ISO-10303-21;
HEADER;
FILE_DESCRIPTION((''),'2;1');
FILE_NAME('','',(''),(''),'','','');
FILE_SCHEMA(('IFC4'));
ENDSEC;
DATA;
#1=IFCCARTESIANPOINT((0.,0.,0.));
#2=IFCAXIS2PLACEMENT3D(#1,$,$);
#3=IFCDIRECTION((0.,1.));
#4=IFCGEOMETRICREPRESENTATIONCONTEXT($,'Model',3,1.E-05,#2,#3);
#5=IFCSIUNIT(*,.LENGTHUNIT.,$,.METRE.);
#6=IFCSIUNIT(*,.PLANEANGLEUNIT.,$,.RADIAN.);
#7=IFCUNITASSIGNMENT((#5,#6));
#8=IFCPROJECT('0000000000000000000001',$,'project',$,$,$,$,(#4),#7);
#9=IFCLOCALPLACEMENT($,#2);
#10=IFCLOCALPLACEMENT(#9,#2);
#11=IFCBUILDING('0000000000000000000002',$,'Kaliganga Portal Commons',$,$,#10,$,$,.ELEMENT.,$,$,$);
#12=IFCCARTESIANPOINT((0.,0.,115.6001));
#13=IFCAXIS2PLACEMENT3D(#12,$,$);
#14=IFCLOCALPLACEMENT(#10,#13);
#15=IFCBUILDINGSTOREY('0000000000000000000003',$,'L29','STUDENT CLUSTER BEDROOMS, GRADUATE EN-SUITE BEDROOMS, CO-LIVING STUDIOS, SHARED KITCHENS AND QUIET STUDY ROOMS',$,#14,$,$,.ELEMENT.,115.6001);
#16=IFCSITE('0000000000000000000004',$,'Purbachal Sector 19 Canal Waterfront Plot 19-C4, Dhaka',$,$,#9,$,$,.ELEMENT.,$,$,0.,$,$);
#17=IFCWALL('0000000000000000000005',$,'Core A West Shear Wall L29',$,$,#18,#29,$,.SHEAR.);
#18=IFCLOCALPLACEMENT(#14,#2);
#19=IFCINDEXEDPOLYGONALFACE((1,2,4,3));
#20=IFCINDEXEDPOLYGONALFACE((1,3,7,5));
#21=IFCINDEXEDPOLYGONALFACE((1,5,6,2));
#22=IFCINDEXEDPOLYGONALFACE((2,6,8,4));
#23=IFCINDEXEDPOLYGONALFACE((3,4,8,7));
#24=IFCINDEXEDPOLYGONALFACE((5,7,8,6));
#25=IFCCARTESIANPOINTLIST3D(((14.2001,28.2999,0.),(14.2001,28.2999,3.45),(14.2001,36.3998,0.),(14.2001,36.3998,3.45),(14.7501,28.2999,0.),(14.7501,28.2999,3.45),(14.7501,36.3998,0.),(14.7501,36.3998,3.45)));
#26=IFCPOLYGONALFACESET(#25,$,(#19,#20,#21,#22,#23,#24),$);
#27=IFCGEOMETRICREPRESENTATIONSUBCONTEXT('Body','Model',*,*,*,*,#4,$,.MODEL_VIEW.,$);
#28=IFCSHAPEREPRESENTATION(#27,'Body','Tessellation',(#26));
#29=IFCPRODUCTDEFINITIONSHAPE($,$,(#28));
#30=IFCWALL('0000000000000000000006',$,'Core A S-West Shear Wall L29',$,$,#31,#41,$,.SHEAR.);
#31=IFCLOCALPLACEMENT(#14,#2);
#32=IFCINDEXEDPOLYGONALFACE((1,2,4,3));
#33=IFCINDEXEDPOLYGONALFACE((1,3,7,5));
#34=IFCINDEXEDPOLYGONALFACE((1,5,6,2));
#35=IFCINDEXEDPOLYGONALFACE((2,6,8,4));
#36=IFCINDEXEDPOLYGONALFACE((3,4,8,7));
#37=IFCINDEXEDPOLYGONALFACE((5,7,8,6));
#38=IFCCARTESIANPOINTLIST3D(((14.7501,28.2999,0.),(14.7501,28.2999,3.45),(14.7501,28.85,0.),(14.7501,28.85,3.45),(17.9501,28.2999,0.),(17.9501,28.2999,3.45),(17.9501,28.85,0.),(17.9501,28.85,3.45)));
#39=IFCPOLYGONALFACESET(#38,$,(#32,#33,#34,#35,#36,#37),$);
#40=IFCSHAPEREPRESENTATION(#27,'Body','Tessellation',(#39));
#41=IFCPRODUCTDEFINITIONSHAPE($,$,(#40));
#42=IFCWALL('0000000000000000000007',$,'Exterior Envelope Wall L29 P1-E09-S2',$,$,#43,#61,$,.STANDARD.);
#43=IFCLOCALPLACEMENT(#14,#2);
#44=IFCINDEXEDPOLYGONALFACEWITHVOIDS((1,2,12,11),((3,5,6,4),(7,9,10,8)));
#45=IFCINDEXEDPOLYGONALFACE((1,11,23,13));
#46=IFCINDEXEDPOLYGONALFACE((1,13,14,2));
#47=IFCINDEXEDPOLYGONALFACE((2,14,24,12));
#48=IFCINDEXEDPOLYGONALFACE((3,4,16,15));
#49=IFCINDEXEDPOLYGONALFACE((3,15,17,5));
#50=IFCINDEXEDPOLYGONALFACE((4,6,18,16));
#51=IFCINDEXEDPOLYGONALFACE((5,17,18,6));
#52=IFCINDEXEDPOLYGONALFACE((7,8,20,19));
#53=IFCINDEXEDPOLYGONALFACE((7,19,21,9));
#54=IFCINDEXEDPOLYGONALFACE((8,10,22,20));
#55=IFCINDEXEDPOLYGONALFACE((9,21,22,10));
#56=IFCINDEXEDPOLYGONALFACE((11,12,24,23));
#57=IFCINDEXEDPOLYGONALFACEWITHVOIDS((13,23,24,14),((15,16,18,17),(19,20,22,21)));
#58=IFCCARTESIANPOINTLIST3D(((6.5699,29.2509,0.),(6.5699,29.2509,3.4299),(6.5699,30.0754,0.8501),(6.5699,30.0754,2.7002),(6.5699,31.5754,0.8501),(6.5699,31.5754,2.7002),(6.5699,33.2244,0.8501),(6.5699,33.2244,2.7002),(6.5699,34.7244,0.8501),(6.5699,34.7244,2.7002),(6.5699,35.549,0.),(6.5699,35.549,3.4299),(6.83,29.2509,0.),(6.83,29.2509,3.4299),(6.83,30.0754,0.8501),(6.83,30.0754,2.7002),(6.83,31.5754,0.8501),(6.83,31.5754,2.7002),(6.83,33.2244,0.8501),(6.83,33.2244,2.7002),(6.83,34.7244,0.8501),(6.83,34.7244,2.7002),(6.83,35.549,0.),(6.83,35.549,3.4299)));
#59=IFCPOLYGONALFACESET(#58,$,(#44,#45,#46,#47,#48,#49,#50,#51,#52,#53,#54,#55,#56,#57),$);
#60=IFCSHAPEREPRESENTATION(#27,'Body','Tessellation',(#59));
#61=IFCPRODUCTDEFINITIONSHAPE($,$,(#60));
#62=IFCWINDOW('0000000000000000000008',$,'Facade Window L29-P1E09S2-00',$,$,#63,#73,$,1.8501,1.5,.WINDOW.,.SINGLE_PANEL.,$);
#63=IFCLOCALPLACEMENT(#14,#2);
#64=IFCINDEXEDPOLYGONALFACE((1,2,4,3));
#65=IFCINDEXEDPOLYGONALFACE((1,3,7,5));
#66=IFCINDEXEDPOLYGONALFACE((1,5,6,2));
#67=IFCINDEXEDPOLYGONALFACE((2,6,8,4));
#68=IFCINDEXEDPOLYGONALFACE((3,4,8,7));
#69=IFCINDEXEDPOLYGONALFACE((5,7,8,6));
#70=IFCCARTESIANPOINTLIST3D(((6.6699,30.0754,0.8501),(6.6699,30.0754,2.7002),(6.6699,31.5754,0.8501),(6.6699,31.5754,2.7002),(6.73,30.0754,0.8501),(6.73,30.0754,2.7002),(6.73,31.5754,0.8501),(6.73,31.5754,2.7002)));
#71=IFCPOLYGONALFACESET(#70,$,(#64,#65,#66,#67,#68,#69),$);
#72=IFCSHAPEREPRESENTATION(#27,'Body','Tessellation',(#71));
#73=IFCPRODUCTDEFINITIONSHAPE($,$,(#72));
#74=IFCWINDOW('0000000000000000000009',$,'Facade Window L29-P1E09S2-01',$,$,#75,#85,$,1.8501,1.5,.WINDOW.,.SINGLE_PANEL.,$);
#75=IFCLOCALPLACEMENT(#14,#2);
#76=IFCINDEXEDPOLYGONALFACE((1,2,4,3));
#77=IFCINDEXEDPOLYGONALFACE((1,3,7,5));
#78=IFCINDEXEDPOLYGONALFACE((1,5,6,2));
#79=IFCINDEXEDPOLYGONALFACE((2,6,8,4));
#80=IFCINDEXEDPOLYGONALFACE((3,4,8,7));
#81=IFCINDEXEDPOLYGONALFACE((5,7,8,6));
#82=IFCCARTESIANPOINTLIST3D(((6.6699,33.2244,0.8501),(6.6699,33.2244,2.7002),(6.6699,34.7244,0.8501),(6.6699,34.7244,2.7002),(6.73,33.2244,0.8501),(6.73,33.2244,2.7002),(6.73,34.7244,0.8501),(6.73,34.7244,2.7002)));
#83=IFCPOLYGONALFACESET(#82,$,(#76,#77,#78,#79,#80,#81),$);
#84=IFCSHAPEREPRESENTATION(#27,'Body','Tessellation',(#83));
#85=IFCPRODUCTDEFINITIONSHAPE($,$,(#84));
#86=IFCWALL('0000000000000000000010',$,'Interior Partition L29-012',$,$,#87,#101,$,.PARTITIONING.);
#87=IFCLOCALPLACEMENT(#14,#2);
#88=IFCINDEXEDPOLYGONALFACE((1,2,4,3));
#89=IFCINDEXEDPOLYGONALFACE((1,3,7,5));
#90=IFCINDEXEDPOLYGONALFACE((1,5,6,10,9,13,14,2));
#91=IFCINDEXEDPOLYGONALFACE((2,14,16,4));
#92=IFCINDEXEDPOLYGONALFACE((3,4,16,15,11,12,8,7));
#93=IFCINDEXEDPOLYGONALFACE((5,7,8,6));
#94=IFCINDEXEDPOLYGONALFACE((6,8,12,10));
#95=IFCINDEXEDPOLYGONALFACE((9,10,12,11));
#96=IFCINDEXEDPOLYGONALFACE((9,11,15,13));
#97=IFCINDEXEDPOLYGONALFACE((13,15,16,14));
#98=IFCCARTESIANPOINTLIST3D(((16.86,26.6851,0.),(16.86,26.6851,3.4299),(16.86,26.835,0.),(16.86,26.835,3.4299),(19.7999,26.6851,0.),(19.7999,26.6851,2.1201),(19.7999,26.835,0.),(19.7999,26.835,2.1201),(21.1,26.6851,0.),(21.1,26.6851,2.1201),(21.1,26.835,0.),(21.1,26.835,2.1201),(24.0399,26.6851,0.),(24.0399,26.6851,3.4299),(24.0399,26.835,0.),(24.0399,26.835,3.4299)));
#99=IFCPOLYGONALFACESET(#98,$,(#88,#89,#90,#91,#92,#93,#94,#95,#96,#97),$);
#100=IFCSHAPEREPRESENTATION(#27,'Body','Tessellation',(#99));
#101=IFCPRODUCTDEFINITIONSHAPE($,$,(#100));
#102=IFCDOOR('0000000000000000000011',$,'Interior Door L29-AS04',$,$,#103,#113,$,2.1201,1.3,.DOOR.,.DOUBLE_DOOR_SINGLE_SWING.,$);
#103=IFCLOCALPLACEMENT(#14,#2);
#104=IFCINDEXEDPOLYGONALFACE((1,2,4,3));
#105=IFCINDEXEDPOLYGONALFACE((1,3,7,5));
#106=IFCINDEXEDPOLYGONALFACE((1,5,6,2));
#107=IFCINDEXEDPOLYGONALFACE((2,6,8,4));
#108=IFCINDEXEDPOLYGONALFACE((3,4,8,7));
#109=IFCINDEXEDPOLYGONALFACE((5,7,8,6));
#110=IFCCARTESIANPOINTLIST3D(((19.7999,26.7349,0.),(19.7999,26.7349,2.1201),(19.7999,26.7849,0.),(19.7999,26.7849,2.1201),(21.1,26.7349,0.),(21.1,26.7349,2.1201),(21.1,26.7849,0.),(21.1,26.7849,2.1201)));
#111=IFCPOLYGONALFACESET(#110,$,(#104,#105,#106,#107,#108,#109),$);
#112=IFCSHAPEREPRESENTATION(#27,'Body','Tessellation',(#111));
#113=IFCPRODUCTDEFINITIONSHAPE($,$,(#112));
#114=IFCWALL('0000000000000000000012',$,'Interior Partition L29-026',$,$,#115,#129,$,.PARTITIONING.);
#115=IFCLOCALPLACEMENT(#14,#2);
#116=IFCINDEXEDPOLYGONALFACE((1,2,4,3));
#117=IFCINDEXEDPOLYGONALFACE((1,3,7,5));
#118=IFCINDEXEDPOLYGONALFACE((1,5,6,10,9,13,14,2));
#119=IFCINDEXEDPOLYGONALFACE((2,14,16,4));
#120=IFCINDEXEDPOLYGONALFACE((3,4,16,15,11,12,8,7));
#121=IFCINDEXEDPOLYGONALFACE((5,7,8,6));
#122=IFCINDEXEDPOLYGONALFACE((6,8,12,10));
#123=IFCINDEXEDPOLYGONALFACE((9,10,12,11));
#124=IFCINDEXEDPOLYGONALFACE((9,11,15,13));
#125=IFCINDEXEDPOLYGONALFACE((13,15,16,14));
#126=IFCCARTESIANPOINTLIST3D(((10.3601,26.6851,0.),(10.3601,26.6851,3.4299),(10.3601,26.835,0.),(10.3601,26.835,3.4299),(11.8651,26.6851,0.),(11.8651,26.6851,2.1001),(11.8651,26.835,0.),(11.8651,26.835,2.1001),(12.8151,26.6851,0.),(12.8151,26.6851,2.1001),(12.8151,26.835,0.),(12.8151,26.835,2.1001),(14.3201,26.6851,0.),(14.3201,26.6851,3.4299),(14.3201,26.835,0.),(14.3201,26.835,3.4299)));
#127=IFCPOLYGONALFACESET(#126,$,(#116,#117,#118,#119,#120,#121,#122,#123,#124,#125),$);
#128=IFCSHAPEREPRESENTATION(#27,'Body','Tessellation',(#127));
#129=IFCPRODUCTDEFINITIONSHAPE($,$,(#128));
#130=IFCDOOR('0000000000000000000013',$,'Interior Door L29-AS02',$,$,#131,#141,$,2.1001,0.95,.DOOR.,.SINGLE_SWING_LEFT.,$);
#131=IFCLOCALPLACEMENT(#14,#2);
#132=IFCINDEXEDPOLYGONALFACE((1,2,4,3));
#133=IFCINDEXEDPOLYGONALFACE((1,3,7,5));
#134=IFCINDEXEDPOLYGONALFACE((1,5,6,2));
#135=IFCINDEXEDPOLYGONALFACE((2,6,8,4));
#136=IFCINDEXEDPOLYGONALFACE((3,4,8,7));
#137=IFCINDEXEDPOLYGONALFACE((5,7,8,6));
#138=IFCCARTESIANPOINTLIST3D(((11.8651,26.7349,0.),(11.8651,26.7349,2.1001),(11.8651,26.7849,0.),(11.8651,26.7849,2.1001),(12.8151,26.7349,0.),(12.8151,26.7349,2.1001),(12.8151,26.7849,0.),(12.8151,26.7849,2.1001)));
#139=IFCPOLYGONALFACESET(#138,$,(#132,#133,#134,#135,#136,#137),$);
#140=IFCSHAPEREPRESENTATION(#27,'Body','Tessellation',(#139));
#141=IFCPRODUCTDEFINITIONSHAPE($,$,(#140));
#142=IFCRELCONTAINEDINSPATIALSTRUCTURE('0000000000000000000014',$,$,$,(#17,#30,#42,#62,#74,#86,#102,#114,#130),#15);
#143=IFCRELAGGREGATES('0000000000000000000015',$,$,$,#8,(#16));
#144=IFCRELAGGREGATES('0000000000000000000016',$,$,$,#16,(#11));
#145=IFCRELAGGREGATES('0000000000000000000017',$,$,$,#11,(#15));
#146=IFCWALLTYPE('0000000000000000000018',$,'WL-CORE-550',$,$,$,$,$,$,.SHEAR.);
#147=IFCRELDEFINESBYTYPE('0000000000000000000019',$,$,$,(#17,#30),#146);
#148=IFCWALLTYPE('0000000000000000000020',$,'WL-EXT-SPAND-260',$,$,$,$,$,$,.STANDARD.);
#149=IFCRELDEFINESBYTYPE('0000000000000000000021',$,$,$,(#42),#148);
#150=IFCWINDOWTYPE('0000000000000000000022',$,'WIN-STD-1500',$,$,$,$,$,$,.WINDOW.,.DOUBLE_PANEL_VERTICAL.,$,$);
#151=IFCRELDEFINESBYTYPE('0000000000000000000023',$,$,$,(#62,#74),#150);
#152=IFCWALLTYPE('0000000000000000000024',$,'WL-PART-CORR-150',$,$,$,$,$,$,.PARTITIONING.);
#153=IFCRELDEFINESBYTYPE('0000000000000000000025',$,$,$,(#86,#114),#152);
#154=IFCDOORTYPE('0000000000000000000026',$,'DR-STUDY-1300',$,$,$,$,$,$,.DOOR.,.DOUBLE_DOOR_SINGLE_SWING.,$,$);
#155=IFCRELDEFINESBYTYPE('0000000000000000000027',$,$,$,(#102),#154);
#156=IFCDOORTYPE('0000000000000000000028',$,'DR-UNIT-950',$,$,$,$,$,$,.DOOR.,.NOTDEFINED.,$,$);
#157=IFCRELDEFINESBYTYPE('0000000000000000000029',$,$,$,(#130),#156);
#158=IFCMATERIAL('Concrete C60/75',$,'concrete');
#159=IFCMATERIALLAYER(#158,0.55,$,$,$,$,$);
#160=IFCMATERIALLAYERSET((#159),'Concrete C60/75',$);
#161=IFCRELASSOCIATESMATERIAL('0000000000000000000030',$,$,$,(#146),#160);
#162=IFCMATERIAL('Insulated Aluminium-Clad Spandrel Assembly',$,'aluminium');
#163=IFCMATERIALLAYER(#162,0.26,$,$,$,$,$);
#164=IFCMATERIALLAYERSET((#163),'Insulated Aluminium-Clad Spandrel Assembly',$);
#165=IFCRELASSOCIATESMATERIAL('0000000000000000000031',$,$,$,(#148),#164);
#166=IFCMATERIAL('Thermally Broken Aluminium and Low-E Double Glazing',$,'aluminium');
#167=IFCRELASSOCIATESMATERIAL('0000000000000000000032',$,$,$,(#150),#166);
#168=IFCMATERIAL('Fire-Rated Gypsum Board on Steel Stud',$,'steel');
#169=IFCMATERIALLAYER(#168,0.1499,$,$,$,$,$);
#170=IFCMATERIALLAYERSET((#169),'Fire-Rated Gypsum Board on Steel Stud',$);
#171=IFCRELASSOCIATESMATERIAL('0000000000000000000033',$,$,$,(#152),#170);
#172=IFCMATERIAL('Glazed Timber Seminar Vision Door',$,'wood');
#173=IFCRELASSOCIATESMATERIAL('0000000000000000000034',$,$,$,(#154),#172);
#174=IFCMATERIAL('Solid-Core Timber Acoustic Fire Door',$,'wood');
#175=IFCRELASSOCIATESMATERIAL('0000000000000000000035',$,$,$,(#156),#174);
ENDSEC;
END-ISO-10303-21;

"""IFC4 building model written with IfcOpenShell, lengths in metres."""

from ifc_helpers import new_model, si_unit, direction, frame, frame_2d, origin, place, context, subcontext, project, spatial, rectangle, extrude, material, layer, layer_set, type_object, element, fill, save


model = new_model("IFC4")

# Units and contexts
model_context = context("Model", 3, precision=1e-05, world=origin(), true_north=direction((0.0, 1.0)))
body_context = subcontext(model_context, "Body", "Model", "MODEL_VIEW")
ifc_project = project(units=[si_unit("LENGTHUNIT", "METRE"), si_unit("PLANEANGLEUNIT", "RADIAN")], contexts=[model_context])

# Site, building, storey
site_placement = place(None, origin())
site = spatial("IfcSite", under=ifc_project, at=site_placement, Name="Purbachal Sector 19 Canal Waterfront Plot 19-C4, Dhaka", CompositionType="ELEMENT", RefElevation=0.0)
building_placement = place(site_placement, origin())
building = spatial("IfcBuilding", under=site, at=building_placement, Name="Kaliganga Portal Commons", CompositionType="ELEMENT")
storey_placement = place(building_placement, frame((0.0, 0.0, 115.6001)))
storey = spatial("IfcBuildingStorey", under=building, at=storey_placement, Name="L29", Description="STUDENT CLUSTER BEDROOMS, GRADUATE EN-SUITE BEDROOMS, CO-LIVING STUDIOS, SHARED KITCHENS AND QUIET STUDY ROOMS", CompositionType="ELEMENT", Elevation=115.6001)

# Shared definitions
ifc_material_1 = material(Name="Concrete C60/75", Category="concrete")

# Walls
ifc_layer_1 = layer(ifc_material_1, 0.55)
ifc_layer_set_1 = layer_set([ifc_layer_1], Name="Concrete C60/75")
wall_type_1 = type_object("IfcWallType", Name="WL-CORE-550", PredefinedType="SHEAR", material=ifc_layer_set_1)
wall_1_placement = place(storey_placement, frame((14.4751, 28.3, 0.0), z_axis=(0.0, 0.0, 1.0), x_axis=(0.0, 1.0, 0.0)))
element("IfcWall", 1, at=wall_1_placement, inside=storey, type_object=wall_type_1, Name="Core A West Shear Wall L29", PredefinedType="SHEAR", context=body_context, shape_type="SweptSolid", body=[
    extrude(rectangle(XDim=8.0999, YDim=0.55, at=frame_2d((4.0498, 0.0))), origin(), (0.0, 0.0, 1.0), 3.45),
])
wall_2_placement = place(storey_placement, frame((14.75, 28.575, 0.0), z_axis=(0.0, 0.0, 1.0), x_axis=(1.0, 0.0, 0.0)))
element("IfcWall", 2, at=wall_2_placement, inside=storey, type_object=wall_type_1, Name="Core A S-West Shear Wall L29", PredefinedType="SHEAR", context=body_context, shape_type="SweptSolid", body=[
    extrude(rectangle(XDim=3.2, YDim=0.55, at=frame_2d((1.6001, 0.0))), origin(), (0.0, 0.0, 1.0), 3.45),
])

# Wall, openings, windows
ifc_material_2 = material(Name="Insulated Aluminium-Clad Spandrel Assembly", Category="aluminium")
ifc_layer_2 = layer(ifc_material_2, 0.26)
ifc_layer_set_2 = layer_set([ifc_layer_2], Name="Insulated Aluminium-Clad Spandrel Assembly")
wall_type_2 = type_object("IfcWallType", Name="WL-EXT-SPAND-260", PredefinedType="STANDARD", material=ifc_layer_set_2)
wall_3_placement = place(storey_placement, frame((6.7, 29.251, 0.0), z_axis=(0.0, 0.0, 1.0), x_axis=(0.0, 1.0, 0.0)))
wall_3 = element("IfcWall", 3, at=wall_3_placement, inside=storey, type_object=wall_type_2, Name="Exterior Envelope Wall L29 P1-E09-S2", PredefinedType="STANDARD", context=body_context, shape_type="SweptSolid", body=[
    extrude(rectangle(XDim=6.2981, YDim=0.26, at=frame_2d((3.1489, 0.0))), origin(), (0.0, 0.0, 1.0), 3.4299),
])
opening_1_placement = place(wall_3_placement, frame((0.8245, 0.0, 0.8501)))
opening_1 = element("IfcOpeningElement", 4, at=opening_1_placement, cuts=wall_3, PredefinedType="OPENING", context=body_context, shape_type="SweptSolid", body=[
    extrude(rectangle(XDim=1.5, YDim=1.8501, at=frame_2d((0.75, 0.925))), frame((0.0, 0.1401, 0.0), z_axis=(0.0, -1.0, 0.0), x_axis=(1.0, 0.0, 0.0)), (0.0, 0.0, 1.0), 0.28),
])
opening_2_placement = place(wall_3_placement, frame((3.9734, 0.0, 0.8501)))
opening_2 = element("IfcOpeningElement", 5, at=opening_2_placement, cuts=wall_3, PredefinedType="OPENING", context=body_context, shape_type="SweptSolid", body=[
    extrude(rectangle(XDim=1.5, YDim=1.8501, at=frame_2d((0.75, 0.925))), frame((0.0, 0.1401, 0.0), z_axis=(0.0, -1.0, 0.0), x_axis=(1.0, 0.0, 0.0)), (0.0, 0.0, 1.0), 0.28),
])
ifc_material_3 = material(Name="Thermally Broken Aluminium and Low-E Double Glazing", Category="aluminium")
window_type = type_object("IfcWindowType", Name="WIN-STD-1500", PartitioningType="DOUBLE_PANEL_VERTICAL", PredefinedType="WINDOW", material=ifc_material_3)
window_1_placement = place(opening_1_placement, origin())
window_1 = element("IfcWindow", 6, at=window_1_placement, inside=storey, type_object=window_type, Name="Facade Window L29-P1E09S2-00", OverallHeight=1.8501, OverallWidth=1.5, PartitioningType="SINGLE_PANEL", PredefinedType="WINDOW", context=body_context, shape_type="SweptSolid", body=[
    extrude(rectangle(XDim=1.5, YDim=1.8501, at=frame_2d((0.75, 0.925))), frame((0.0, 0.03, 0.0), z_axis=(0.0, -1.0, 0.0), x_axis=(1.0, 0.0, 0.0)), (0.0, 0.0, 1.0), 0.0601),
])
fill(opening_1, window_1)
window_2_placement = place(opening_2_placement, origin())
window_2 = element("IfcWindow", 7, at=window_2_placement, inside=storey, type_object=window_type, Name="Facade Window L29-P1E09S2-01", OverallHeight=1.8501, OverallWidth=1.5, PartitioningType="SINGLE_PANEL", PredefinedType="WINDOW", context=body_context, shape_type="SweptSolid", body=[
    extrude(rectangle(XDim=1.5, YDim=1.8501, at=frame_2d((0.75, 0.925))), frame((0.0, 0.03, 0.0), z_axis=(0.0, -1.0, 0.0), x_axis=(1.0, 0.0, 0.0)), (0.0, 0.0, 1.0), 0.0601),
])
fill(opening_2, window_2)

# Walls, openings, doors
ifc_material_4 = material(Name="Fire-Rated Gypsum Board on Steel Stud", Category="steel")
ifc_layer_3 = layer(ifc_material_4, 0.1499)
ifc_layer_set_3 = layer_set([ifc_layer_3], Name="Fire-Rated Gypsum Board on Steel Stud")
wall_type_3 = type_object("IfcWallType", Name="WL-PART-CORR-150", PredefinedType="PARTITIONING", material=ifc_layer_set_3)
wall_4_placement = place(storey_placement, frame((16.8601, 26.76, 0.0), z_axis=(0.0, 0.0, 1.0), x_axis=(1.0, 0.0, 0.0)))
wall_4 = element("IfcWall", 8, at=wall_4_placement, inside=storey, type_object=wall_type_3, Name="Interior Partition L29-012", PredefinedType="PARTITIONING", context=body_context, shape_type="SweptSolid", body=[
    extrude(rectangle(XDim=7.1799, YDim=0.1499, at=frame_2d((3.5898, 0.0))), origin(), (0.0, 0.0, 1.0), 3.4299),
])
opening_3_placement = place(wall_4_placement, frame((2.9399, 0.0, 0.0)))
opening_3 = element("IfcOpeningElement", 9, at=opening_3_placement, cuts=wall_4, PredefinedType="OPENING", context=body_context, shape_type="SweptSolid", body=[
    extrude(rectangle(XDim=1.3, YDim=2.1201, at=frame_2d((0.6499, 1.0601))), frame((0.0, 0.085, 0.0), z_axis=(0.0, -1.0, 0.0), x_axis=(1.0, 0.0, 0.0)), (0.0, 0.0, 1.0), 0.1699),
])
ifc_material_5 = material(Name="Glazed Timber Seminar Vision Door", Category="wood")
door_type_1 = type_object("IfcDoorType", Name="DR-STUDY-1300", OperationType="DOUBLE_DOOR_SINGLE_SWING", PredefinedType="DOOR", material=ifc_material_5)
door_1_placement = place(opening_3_placement, origin())
door_1 = element("IfcDoor", 10, at=door_1_placement, inside=storey, type_object=door_type_1, Name="Interior Door L29-AS04", OperationType="DOUBLE_DOOR_SINGLE_SWING", OverallHeight=2.1201, OverallWidth=1.3, PredefinedType="DOOR", context=body_context, shape_type="SweptSolid", body=[
    extrude(rectangle(XDim=1.3, YDim=2.1201, at=frame_2d((0.6499, 1.0601))), frame((0.0, 0.0249, 0.0), z_axis=(0.0, -1.0, 0.0), x_axis=(1.0, 0.0, 0.0)), (0.0, 0.0, 1.0), 0.05),
])
fill(opening_3, door_1)
wall_5_placement = place(storey_placement, frame((10.3601, 26.76, 0.0), z_axis=(0.0, 0.0, 1.0), x_axis=(1.0, 0.0, 0.0)))
wall_5 = element("IfcWall", 11, at=wall_5_placement, inside=storey, type_object=wall_type_3, Name="Interior Partition L29-026", PredefinedType="PARTITIONING", context=body_context, shape_type="SweptSolid", body=[
    extrude(rectangle(XDim=3.96, YDim=0.1499, at=frame_2d((1.98, 0.0))), origin(), (0.0, 0.0, 1.0), 3.4299),
])
opening_4_placement = place(wall_5_placement, frame((1.5049, 0.0, 0.0)))
opening_4 = element("IfcOpeningElement", 12, at=opening_4_placement, cuts=wall_5, PredefinedType="OPENING", context=body_context, shape_type="SweptSolid", body=[
    extrude(rectangle(XDim=0.95, YDim=2.1001, at=frame_2d((0.4751, 1.05))), frame((0.0, 0.085, 0.0), z_axis=(0.0, -1.0, 0.0), x_axis=(1.0, 0.0, 0.0)), (0.0, 0.0, 1.0), 0.1699),
])
ifc_material_6 = material(Name="Solid-Core Timber Acoustic Fire Door", Category="wood")
door_type_2 = type_object("IfcDoorType", Name="DR-UNIT-950", OperationType="NOTDEFINED", PredefinedType="DOOR", material=ifc_material_6)
door_2_placement = place(opening_4_placement, origin())
door_2 = element("IfcDoor", 13, at=door_2_placement, inside=storey, type_object=door_type_2, Name="Interior Door L29-AS02", OperationType="SINGLE_SWING_LEFT", OverallHeight=2.1001, OverallWidth=0.95, PredefinedType="DOOR", context=body_context, shape_type="SweptSolid", body=[
    extrude(rectangle(XDim=0.95, YDim=2.1001, at=frame_2d((0.4751, 1.05))), frame((0.0, 0.0249, 0.0), z_axis=(0.0, -1.0, 0.0), x_axis=(1.0, 0.0, 0.0)), (0.0, 0.0, 1.0), 0.05),
])
fill(opening_4, door_2)

save(model, "model.ifc")
